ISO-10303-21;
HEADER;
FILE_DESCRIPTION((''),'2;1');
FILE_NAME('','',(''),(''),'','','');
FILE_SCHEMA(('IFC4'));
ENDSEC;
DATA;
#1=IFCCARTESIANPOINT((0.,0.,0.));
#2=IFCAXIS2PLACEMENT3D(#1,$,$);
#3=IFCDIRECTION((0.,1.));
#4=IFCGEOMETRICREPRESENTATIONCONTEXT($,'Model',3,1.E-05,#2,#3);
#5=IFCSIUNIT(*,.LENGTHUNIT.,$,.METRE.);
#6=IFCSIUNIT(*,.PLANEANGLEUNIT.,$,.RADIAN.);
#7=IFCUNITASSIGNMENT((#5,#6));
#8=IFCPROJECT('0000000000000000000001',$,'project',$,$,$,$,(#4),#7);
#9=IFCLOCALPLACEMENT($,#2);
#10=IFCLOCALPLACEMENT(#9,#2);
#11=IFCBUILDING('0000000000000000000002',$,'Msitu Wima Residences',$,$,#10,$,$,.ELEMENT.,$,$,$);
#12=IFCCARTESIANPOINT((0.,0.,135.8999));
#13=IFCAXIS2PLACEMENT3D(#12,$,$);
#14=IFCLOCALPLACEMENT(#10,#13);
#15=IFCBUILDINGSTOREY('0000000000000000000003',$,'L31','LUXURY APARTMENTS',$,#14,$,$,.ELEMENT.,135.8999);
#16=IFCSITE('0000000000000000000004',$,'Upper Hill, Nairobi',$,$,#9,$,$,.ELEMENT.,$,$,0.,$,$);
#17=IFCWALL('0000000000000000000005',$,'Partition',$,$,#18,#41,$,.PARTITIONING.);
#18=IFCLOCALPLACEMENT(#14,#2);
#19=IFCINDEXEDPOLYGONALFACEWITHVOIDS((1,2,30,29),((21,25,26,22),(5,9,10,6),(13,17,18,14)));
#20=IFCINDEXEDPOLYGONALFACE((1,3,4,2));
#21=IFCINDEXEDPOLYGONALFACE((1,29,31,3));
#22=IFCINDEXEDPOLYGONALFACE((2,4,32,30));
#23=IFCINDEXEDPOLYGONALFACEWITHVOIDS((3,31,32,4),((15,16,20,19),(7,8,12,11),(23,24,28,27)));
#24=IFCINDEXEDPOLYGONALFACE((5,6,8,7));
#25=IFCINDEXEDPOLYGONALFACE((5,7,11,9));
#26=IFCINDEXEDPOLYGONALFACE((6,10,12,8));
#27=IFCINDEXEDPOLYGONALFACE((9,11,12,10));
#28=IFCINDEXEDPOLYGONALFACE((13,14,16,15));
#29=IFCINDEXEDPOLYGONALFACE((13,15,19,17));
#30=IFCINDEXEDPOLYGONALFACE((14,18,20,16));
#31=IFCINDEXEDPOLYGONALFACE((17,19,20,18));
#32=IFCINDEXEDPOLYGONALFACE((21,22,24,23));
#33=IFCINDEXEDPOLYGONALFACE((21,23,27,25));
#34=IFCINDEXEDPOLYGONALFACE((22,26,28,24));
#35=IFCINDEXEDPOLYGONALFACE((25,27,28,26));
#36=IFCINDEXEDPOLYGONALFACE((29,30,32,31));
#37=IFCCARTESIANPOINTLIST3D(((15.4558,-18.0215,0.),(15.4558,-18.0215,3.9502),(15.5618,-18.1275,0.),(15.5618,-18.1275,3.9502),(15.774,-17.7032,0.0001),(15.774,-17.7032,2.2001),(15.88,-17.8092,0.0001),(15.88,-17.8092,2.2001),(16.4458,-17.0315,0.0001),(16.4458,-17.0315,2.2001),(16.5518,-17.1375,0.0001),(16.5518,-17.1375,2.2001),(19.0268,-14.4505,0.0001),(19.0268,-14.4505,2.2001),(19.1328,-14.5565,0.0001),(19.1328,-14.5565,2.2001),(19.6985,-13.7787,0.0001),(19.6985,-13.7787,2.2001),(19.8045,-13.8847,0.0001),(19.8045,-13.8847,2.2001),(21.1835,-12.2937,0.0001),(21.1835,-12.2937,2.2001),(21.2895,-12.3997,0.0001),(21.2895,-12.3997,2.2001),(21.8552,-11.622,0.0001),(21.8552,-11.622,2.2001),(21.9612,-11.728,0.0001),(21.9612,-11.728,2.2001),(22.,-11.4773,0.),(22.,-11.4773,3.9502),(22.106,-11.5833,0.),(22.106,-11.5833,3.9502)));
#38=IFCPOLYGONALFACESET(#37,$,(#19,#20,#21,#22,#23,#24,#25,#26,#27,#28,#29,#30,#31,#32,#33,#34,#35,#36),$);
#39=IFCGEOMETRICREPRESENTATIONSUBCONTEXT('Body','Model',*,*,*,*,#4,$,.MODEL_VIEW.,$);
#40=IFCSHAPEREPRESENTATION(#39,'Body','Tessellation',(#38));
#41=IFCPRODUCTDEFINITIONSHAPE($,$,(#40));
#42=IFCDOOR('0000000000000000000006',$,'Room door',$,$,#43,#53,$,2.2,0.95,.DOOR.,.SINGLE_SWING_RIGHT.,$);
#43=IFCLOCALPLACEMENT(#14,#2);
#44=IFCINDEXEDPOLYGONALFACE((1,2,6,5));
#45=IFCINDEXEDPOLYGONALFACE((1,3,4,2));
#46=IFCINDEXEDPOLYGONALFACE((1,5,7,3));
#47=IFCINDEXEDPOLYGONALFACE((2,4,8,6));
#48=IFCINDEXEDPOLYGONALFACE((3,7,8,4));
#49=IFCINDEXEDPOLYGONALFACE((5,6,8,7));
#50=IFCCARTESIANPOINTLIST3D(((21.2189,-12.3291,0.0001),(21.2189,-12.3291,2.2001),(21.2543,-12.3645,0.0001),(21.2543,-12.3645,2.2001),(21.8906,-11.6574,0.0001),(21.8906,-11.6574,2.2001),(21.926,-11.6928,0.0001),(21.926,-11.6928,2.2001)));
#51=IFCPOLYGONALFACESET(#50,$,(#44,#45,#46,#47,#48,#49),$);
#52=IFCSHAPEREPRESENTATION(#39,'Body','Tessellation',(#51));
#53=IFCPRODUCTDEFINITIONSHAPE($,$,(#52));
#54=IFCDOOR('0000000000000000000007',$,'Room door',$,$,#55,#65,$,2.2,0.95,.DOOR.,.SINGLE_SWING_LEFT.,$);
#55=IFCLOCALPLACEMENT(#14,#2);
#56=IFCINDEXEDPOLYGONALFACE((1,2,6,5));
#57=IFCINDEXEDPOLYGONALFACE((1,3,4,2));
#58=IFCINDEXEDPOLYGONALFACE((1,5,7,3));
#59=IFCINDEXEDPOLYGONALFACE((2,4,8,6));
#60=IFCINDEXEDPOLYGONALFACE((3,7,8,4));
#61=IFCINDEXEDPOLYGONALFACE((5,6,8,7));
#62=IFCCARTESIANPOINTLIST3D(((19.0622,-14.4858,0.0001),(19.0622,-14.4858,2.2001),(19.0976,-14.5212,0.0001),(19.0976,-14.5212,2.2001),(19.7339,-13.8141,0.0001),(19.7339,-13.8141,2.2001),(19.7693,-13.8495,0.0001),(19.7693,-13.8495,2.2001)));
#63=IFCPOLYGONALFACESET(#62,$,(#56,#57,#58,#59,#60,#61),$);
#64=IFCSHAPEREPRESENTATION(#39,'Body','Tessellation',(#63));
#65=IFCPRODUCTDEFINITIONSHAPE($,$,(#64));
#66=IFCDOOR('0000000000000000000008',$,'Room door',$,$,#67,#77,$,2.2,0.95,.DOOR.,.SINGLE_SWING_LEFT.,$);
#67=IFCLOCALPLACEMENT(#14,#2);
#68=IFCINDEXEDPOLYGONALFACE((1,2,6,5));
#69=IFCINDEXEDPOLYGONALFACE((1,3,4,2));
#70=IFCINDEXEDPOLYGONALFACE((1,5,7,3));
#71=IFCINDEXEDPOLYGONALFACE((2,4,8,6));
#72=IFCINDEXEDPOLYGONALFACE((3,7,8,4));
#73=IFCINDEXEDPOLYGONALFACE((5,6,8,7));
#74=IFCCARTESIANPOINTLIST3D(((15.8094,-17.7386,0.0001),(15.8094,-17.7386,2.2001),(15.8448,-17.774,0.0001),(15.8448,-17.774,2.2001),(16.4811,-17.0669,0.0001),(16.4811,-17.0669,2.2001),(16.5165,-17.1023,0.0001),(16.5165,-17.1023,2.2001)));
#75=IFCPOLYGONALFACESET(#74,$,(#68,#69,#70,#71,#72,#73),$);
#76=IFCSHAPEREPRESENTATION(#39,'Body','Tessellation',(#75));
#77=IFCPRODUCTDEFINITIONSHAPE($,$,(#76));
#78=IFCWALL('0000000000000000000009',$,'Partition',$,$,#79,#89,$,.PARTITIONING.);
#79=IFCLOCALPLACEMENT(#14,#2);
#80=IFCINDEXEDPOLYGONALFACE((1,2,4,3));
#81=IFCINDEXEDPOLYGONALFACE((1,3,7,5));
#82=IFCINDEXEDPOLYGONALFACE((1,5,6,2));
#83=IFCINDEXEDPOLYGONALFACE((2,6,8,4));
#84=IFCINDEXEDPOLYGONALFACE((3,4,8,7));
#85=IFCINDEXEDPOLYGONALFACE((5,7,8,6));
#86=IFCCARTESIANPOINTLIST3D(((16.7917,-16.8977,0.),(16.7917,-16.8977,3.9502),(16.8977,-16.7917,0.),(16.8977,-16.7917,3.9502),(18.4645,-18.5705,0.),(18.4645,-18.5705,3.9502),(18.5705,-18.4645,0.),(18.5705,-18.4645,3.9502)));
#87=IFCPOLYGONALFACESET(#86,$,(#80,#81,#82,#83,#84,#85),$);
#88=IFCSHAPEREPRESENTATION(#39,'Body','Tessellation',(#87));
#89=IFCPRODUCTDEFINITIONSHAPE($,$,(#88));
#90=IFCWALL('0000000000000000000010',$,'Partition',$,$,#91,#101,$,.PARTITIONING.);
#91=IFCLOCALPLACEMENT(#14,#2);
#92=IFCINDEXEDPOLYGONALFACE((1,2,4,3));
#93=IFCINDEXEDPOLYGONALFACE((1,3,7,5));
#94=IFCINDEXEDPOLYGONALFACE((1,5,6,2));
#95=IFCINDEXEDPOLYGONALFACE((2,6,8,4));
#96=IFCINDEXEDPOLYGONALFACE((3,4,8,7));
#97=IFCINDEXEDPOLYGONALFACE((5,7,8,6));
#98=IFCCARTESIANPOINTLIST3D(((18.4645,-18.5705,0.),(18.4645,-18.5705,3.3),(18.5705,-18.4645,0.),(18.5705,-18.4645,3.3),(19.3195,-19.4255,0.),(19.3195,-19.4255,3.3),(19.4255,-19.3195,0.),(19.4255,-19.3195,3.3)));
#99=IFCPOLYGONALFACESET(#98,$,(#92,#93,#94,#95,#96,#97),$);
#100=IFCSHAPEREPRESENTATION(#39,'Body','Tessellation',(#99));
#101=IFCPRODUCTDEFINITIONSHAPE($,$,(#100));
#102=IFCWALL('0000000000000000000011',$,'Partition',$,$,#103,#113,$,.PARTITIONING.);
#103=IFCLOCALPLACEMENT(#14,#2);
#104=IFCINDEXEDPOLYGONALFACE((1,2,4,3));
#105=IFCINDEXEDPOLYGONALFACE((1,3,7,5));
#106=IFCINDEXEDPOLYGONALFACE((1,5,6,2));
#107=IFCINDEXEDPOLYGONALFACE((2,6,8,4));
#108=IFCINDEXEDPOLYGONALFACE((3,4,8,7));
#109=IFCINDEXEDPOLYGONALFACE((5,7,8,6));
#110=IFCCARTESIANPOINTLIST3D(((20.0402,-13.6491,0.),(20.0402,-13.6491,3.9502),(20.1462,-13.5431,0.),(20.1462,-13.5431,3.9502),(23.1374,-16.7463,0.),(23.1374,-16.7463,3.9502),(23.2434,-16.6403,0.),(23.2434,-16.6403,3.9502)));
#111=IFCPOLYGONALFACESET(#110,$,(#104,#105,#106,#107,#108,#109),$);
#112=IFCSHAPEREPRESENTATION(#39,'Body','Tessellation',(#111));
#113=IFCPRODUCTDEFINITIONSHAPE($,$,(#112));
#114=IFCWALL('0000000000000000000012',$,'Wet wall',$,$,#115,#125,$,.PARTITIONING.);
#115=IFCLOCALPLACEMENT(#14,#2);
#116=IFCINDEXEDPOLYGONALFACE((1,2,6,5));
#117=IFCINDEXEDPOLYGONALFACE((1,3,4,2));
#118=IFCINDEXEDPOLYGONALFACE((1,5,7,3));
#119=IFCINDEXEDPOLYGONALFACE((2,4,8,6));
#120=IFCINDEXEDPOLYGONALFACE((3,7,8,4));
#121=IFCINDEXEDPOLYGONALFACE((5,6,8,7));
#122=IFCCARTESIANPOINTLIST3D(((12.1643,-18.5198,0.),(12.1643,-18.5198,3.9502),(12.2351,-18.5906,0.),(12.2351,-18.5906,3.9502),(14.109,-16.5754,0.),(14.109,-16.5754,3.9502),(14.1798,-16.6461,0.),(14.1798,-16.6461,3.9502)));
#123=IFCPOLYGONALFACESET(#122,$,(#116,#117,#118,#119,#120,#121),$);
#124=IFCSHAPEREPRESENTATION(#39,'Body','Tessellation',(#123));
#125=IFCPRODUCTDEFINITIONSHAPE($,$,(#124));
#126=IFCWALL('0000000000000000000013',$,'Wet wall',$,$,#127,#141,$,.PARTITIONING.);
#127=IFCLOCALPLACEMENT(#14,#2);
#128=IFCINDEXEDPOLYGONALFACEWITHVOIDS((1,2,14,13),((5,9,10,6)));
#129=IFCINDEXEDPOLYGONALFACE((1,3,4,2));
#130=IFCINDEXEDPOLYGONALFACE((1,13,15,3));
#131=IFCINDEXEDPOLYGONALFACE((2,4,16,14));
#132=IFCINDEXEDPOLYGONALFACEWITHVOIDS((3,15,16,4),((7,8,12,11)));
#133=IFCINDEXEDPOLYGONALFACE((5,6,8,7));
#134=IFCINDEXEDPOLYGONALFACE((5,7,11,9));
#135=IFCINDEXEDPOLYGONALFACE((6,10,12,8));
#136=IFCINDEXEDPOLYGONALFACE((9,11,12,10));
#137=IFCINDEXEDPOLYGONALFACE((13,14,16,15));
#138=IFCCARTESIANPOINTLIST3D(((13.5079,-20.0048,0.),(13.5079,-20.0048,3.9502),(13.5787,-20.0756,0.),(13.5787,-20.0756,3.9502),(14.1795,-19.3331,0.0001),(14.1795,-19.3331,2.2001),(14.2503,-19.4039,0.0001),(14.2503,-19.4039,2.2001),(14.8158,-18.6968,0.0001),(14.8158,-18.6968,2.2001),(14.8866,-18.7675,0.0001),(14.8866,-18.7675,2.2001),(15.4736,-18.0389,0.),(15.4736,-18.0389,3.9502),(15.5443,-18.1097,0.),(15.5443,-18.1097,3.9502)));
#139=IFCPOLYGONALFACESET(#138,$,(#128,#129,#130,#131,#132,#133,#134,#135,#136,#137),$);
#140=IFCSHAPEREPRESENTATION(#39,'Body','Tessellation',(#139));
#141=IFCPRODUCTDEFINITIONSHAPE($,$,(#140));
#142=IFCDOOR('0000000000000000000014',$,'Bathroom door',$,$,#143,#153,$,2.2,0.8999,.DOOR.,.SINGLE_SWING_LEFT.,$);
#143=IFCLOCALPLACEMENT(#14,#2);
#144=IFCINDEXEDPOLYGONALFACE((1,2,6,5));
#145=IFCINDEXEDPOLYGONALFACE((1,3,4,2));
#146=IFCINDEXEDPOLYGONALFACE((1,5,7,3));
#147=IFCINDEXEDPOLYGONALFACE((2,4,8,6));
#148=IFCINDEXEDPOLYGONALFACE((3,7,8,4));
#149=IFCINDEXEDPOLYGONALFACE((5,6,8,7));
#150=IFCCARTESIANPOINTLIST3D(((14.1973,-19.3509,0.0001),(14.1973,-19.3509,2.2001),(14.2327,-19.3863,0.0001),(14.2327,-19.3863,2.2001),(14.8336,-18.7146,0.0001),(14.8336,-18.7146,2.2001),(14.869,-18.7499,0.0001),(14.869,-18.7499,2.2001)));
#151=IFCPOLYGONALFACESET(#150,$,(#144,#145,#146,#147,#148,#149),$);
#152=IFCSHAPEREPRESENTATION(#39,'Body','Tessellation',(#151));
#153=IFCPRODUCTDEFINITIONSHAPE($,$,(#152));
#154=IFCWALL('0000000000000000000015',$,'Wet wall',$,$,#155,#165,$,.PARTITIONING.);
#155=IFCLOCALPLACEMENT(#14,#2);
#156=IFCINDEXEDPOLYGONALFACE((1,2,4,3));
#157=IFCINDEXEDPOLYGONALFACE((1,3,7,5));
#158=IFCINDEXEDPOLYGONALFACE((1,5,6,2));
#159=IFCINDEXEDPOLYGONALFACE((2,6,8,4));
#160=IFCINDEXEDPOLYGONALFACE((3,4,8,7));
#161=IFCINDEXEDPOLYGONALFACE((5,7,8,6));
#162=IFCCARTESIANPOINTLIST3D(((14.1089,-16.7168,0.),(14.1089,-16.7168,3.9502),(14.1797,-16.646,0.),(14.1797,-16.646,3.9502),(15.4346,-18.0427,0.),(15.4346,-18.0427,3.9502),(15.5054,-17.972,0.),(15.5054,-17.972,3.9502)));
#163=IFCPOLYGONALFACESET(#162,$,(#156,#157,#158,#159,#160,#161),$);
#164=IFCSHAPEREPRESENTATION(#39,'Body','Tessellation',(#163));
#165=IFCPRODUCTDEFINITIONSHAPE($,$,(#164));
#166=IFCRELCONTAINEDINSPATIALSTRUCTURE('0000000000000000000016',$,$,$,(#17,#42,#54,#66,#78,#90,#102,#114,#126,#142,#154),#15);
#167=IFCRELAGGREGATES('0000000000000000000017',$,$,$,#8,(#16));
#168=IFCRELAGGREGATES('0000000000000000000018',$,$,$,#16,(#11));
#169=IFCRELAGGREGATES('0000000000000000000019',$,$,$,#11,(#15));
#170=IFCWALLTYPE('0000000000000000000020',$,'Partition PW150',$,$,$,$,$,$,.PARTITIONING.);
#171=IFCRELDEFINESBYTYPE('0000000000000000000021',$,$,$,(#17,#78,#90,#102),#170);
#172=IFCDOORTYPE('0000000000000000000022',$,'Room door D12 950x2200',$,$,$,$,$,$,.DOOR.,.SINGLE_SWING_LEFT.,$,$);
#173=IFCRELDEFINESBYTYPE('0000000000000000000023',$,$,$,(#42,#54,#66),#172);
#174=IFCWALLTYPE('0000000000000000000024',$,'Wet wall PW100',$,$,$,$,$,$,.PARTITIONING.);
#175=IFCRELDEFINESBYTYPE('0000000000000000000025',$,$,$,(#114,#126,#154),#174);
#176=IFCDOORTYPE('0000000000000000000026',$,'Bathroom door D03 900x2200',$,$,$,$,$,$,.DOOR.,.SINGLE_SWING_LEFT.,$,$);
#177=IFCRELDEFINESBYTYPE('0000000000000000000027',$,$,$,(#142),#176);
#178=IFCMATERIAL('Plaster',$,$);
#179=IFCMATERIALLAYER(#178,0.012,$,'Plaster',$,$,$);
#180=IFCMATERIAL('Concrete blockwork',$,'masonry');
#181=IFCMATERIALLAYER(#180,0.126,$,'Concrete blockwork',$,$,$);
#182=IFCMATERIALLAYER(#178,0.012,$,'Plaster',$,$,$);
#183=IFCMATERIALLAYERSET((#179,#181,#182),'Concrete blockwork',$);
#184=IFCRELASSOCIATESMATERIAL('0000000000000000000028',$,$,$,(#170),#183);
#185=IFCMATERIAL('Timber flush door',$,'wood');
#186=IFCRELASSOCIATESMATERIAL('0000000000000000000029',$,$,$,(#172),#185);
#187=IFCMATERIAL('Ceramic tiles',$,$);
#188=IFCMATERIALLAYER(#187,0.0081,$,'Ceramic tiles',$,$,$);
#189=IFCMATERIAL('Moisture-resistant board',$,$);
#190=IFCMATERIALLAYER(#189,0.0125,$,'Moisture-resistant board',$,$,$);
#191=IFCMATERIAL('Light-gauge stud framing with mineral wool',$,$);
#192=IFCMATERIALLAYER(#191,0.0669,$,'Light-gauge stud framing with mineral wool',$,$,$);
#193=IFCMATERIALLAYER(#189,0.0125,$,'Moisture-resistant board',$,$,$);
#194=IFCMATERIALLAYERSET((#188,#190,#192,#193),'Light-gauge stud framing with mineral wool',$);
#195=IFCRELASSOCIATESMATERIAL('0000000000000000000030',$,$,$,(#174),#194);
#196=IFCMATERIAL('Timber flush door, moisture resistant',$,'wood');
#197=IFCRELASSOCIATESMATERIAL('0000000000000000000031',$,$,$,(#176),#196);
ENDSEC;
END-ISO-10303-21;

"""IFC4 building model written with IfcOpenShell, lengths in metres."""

from ifc_helpers import new_model, si_unit, direction, frame, frame_2d, origin, place, context, subcontext, project, spatial, rectangle, extrude, material, layer, layer_set, type_object, element, fill, save


model = new_model("IFC4")

# Units and contexts
model_context = context("Model", 3, precision=1e-05, world=origin(), true_north=direction((0.0, 1.0)))
body_context = subcontext(model_context, "Body", "Model", "MODEL_VIEW")
ifc_project = project(units=[si_unit("LENGTHUNIT", "METRE"), si_unit("PLANEANGLEUNIT", "RADIAN")], contexts=[model_context])

# Site, building, storey
site_placement = place(None, origin())
site = spatial("IfcSite", under=ifc_project, at=site_placement, Name="Upper Hill, Nairobi", CompositionType="ELEMENT", RefElevation=0.0)
building_placement = place(site_placement, origin())
building = spatial("IfcBuilding", under=site, at=building_placement, Name="Msitu Wima Residences", CompositionType="ELEMENT")
storey_placement = place(building_placement, frame((0.0, 0.0, 135.8999)))
storey = spatial("IfcBuildingStorey", under=building, at=storey_placement, Name="L31", Description="LUXURY APARTMENTS", CompositionType="ELEMENT", Elevation=135.8999)

# Shared definitions
ifc_material_1 = material(Name="Plaster")
ifc_material_2 = material(Name="Concrete blockwork", Category="masonry")

# Wall, openings, doors
ifc_layer_1 = layer(ifc_material_1, 0.012, Name="Plaster")
ifc_layer_2 = layer(ifc_material_2, 0.126, Name="Concrete blockwork")
ifc_layer_3 = layer(ifc_material_1, 0.012, Name="Plaster")
ifc_layer_set_1 = layer_set([ifc_layer_1, ifc_layer_2, ifc_layer_3], Name="Concrete blockwork")
wall_type_1 = type_object("IfcWallType", Name="Partition PW150", PredefinedType="PARTITIONING", material=ifc_layer_set_1)
wall_1_placement = place(storey_placement, frame((15.5088, -18.0745, 0.0), z_axis=(0.0, 0.0, 1.0), x_axis=(0.707107, 0.707107, 0.0)))
wall_1 = element("IfcWall", 1, at=wall_1_placement, inside=storey, type_object=wall_type_1, Name="Partition", PredefinedType="PARTITIONING", context=body_context, shape_type="SweptSolid", body=[
    extrude(rectangle(XDim=9.2549, YDim=0.1499, at=frame_2d((4.6274, 0.0))), origin(), (0.0, 0.0, 1.0), 3.9502),
])
opening_1_placement = place(wall_1_placement, frame((8.1001, 0.0, 0.0)))
opening_1 = element("IfcOpeningElement", 2, at=opening_1_placement, cuts=wall_1, PredefinedType="OPENING", context=body_context, shape_type="SweptSolid", body=[
    extrude(rectangle(XDim=0.95, YDim=2.2, at=frame_2d((0.4751, 1.1001))), frame((0.0, 0.085, 0.0), z_axis=(0.0, -1.0, 0.0), x_axis=(1.0, 0.0, 0.0)), (0.0, 0.0, 1.0), 0.1699),
])
opening_2_placement = place(wall_1_placement, frame((5.05, 0.0, 0.0)))
opening_2 = element("IfcOpeningElement", 3, at=opening_2_placement, cuts=wall_1, PredefinedType="OPENING", context=body_context, shape_type="SweptSolid", body=[
    extrude(rectangle(XDim=0.95, YDim=2.2, at=frame_2d((0.4751, 1.1001))), frame((0.0, 0.085, 0.0), z_axis=(0.0, -1.0, 0.0), x_axis=(1.0, 0.0, 0.0)), (0.0, 0.0, 1.0), 0.1699),
])
opening_3_placement = place(wall_1_placement, frame((0.45, 0.0, 0.0)))
opening_3 = element("IfcOpeningElement", 4, at=opening_3_placement, cuts=wall_1, PredefinedType="OPENING", context=body_context, shape_type="SweptSolid", body=[
    extrude(rectangle(XDim=0.95, YDim=2.2, at=frame_2d((0.4751, 1.1001))), frame((0.0, 0.085, 0.0), z_axis=(0.0, -1.0, 0.0), x_axis=(1.0, 0.0, 0.0)), (0.0, 0.0, 1.0), 0.1699),
])
ifc_material_3 = material(Name="Timber flush door", Category="wood")
door_type_1 = type_object("IfcDoorType", Name="Room door D12 950x2200", OperationType="SINGLE_SWING_LEFT", PredefinedType="DOOR", material=ifc_material_3)
door_1_placement = place(opening_1_placement, origin())
door_1 = element("IfcDoor", 5, at=door_1_placement, inside=storey, type_object=door_type_1, Name="Room door", OperationType="SINGLE_SWING_RIGHT", OverallHeight=2.2, OverallWidth=0.95, PredefinedType="DOOR", context=body_context, shape_type="SweptSolid", body=[
    extrude(rectangle(XDim=0.95, YDim=2.2, at=frame_2d((0.4751, 1.1001))), frame((0.0, 0.0249, 0.0), z_axis=(0.0, -1.0, 0.0), x_axis=(1.0, 0.0, 0.0)), (0.0, 0.0, 1.0), 0.05),
])
fill(opening_1, door_1)
door_2_placement = place(opening_2_placement, origin())
door_2 = element("IfcDoor", 6, at=door_2_placement, inside=storey, type_object=door_type_1, Name="Room door", OperationType="SINGLE_SWING_LEFT", OverallHeight=2.2, OverallWidth=0.95, PredefinedType="DOOR", context=body_context, shape_type="SweptSolid", body=[
    extrude(rectangle(XDim=0.95, YDim=2.2, at=frame_2d((0.4751, 1.1001))), frame((0.0, 0.0249, 0.0), z_axis=(0.0, -1.0, 0.0), x_axis=(1.0, 0.0, 0.0)), (0.0, 0.0, 1.0), 0.05),
])
fill(opening_2, door_2)
door_3_placement = place(opening_3_placement, origin())
door_3 = element("IfcDoor", 7, at=door_3_placement, inside=storey, type_object=door_type_1, Name="Room door", OperationType="SINGLE_SWING_LEFT", OverallHeight=2.2, OverallWidth=0.95, PredefinedType="DOOR", context=body_context, shape_type="SweptSolid", body=[
    extrude(rectangle(XDim=0.95, YDim=2.2, at=frame_2d((0.4751, 1.1001))), frame((0.0, 0.0249, 0.0), z_axis=(0.0, -1.0, 0.0), x_axis=(1.0, 0.0, 0.0)), (0.0, 0.0, 1.0), 0.05),
])
fill(opening_3, door_3)

# Walls
wall_2_placement = place(storey_placement, frame((16.8447, -16.8447, 0.0), z_axis=(0.0, 0.0, 1.0), x_axis=(0.707107, -0.707107, 0.0)))
element("IfcWall", 8, at=wall_2_placement, inside=storey, type_object=wall_type_1, Name="Partition", PredefinedType="PARTITIONING", context=body_context, shape_type="SweptSolid", body=[
    extrude(rectangle(XDim=2.3657, YDim=0.1499, at=frame_2d((1.1829, 0.0))), origin(), (0.0, 0.0, 1.0), 3.9502),
])
wall_3_placement = place(storey_placement, frame((18.5176, -18.5176, 0.0), z_axis=(0.0, 0.0, 1.0), x_axis=(0.707107, -0.707107, 0.0)))
element("IfcWall", 9, at=wall_3_placement, inside=storey, type_object=wall_type_1, Name="Partition", PredefinedType="PARTITIONING", context=body_context, shape_type="SweptSolid", body=[
    extrude(rectangle(XDim=1.2092, YDim=0.1499, at=frame_2d((0.6045, 0.0))), origin(), (0.0, 0.0, 1.0), 3.3),
])
wall_4_placement = place(storey_placement, frame((20.0933, -13.5962, 0.0), z_axis=(0.0, 0.0, 1.0), x_axis=(0.707107, -0.707107, 0.0)))
element("IfcWall", 10, at=wall_4_placement, inside=storey, type_object=wall_type_1, Name="Partition", PredefinedType="PARTITIONING", context=body_context, shape_type="SweptSolid", body=[
    extrude(rectangle(XDim=4.3801, YDim=0.1499, at=frame_2d((2.1899, 0.0))), origin(), (0.0, 0.0, 1.0), 3.9502),
])
ifc_material_4 = material(Name="Ceramic tiles")
ifc_layer_4 = layer(ifc_material_4, 0.0081, Name="Ceramic tiles")
ifc_material_5 = material(Name="Moisture-resistant board")
ifc_layer_5 = layer(ifc_material_5, 0.0125, Name="Moisture-resistant board")
ifc_material_6 = material(Name="Light-gauge stud framing with mineral wool")
ifc_layer_6 = layer(ifc_material_6, 0.0669, Name="Light-gauge stud framing with mineral wool")
ifc_layer_7 = layer(ifc_material_5, 0.0125, Name="Moisture-resistant board")
ifc_layer_set_2 = layer_set([ifc_layer_4, ifc_layer_5, ifc_layer_6, ifc_layer_7], Name="Light-gauge stud framing with mineral wool")
wall_type_2 = type_object("IfcWallType", Name="Wet wall PW100", PredefinedType="PARTITIONING", material=ifc_layer_set_2)
wall_5_placement = place(storey_placement, frame((12.1997, -18.5552, 0.0), z_axis=(0.0, 0.0, 1.0), x_axis=(0.707151, 0.707062, 0.0)))
element("IfcWall", 11, at=wall_5_placement, inside=storey, type_object=wall_type_2, Name="Wet wall", PredefinedType="PARTITIONING", context=body_context, shape_type="SweptSolid", body=[
    extrude(rectangle(XDim=2.75, YDim=0.1001, at=frame_2d((1.375, 0.0))), origin(), (0.0, 0.0, 1.0), 3.9502),
])

# Wall, opening, door
wall_6_placement = place(storey_placement, frame((13.5432, -20.0403, 0.0), z_axis=(0.0, 0.0, 1.0), x_axis=(0.707063, 0.707151, 0.0)))
wall_6 = element("IfcWall", 12, at=wall_6_placement, inside=storey, type_object=wall_type_2, Name="Wet wall", PredefinedType="PARTITIONING", context=body_context, shape_type="SweptSolid", body=[
    extrude(rectangle(XDim=2.78, YDim=0.1001, at=frame_2d((1.3901, 0.0))), origin(), (0.0, 0.0, 1.0), 3.9502),
])
opening_4_placement = place(wall_6_placement, frame((0.95, 0.0, 0.0)))
opening_4 = element("IfcOpeningElement", 13, at=opening_4_placement, cuts=wall_6, PredefinedType="OPENING", context=body_context, shape_type="SweptSolid", body=[
    extrude(rectangle(XDim=0.8999, YDim=2.2, at=frame_2d((0.45, 1.1001))), frame((0.0, 0.0601, 0.0), z_axis=(0.0, -1.0, 0.0), x_axis=(1.0, 0.0, 0.0)), (0.0, 0.0, 1.0), 0.1201),
])
ifc_material_7 = material(Name="Timber flush door, moisture resistant", Category="wood")
door_type_2 = type_object("IfcDoorType", Name="Bathroom door D03 900x2200", OperationType="SINGLE_SWING_LEFT", PredefinedType="DOOR", material=ifc_material_7)
door_4_placement = place(opening_4_placement, origin())
door_4 = element("IfcDoor", 14, at=door_4_placement, inside=storey, type_object=door_type_2, Name="Bathroom door", OperationType="SINGLE_SWING_LEFT", OverallHeight=2.2, OverallWidth=0.8999, PredefinedType="DOOR", context=body_context, shape_type="SweptSolid", body=[
    extrude(rectangle(XDim=0.8999, YDim=2.2, at=frame_2d((0.45, 1.1001))), frame((0.0, 0.0249, 0.0), z_axis=(0.0, -1.0, 0.0), x_axis=(1.0, 0.0, 0.0)), (0.0, 0.0, 1.0), 0.05),
])
fill(opening_4, door_4)

# Wall
wall_7_placement = place(storey_placement, frame((14.1443, -16.6814, 0.0), z_axis=(0.0, 0.0, 1.0), x_axis=(0.707042, -0.707172, 0.0)))
element("IfcWall", 15, at=wall_7_placement, inside=storey, type_object=wall_type_2, Name="Wet wall", PredefinedType="PARTITIONING", context=body_context, shape_type="SweptSolid", body=[
    extrude(rectangle(XDim=1.875, YDim=0.1001, at=frame_2d((0.9375, 0.0))), origin(), (0.0, 0.0, 1.0), 3.9502),
])

save(model, "model.ifc")
